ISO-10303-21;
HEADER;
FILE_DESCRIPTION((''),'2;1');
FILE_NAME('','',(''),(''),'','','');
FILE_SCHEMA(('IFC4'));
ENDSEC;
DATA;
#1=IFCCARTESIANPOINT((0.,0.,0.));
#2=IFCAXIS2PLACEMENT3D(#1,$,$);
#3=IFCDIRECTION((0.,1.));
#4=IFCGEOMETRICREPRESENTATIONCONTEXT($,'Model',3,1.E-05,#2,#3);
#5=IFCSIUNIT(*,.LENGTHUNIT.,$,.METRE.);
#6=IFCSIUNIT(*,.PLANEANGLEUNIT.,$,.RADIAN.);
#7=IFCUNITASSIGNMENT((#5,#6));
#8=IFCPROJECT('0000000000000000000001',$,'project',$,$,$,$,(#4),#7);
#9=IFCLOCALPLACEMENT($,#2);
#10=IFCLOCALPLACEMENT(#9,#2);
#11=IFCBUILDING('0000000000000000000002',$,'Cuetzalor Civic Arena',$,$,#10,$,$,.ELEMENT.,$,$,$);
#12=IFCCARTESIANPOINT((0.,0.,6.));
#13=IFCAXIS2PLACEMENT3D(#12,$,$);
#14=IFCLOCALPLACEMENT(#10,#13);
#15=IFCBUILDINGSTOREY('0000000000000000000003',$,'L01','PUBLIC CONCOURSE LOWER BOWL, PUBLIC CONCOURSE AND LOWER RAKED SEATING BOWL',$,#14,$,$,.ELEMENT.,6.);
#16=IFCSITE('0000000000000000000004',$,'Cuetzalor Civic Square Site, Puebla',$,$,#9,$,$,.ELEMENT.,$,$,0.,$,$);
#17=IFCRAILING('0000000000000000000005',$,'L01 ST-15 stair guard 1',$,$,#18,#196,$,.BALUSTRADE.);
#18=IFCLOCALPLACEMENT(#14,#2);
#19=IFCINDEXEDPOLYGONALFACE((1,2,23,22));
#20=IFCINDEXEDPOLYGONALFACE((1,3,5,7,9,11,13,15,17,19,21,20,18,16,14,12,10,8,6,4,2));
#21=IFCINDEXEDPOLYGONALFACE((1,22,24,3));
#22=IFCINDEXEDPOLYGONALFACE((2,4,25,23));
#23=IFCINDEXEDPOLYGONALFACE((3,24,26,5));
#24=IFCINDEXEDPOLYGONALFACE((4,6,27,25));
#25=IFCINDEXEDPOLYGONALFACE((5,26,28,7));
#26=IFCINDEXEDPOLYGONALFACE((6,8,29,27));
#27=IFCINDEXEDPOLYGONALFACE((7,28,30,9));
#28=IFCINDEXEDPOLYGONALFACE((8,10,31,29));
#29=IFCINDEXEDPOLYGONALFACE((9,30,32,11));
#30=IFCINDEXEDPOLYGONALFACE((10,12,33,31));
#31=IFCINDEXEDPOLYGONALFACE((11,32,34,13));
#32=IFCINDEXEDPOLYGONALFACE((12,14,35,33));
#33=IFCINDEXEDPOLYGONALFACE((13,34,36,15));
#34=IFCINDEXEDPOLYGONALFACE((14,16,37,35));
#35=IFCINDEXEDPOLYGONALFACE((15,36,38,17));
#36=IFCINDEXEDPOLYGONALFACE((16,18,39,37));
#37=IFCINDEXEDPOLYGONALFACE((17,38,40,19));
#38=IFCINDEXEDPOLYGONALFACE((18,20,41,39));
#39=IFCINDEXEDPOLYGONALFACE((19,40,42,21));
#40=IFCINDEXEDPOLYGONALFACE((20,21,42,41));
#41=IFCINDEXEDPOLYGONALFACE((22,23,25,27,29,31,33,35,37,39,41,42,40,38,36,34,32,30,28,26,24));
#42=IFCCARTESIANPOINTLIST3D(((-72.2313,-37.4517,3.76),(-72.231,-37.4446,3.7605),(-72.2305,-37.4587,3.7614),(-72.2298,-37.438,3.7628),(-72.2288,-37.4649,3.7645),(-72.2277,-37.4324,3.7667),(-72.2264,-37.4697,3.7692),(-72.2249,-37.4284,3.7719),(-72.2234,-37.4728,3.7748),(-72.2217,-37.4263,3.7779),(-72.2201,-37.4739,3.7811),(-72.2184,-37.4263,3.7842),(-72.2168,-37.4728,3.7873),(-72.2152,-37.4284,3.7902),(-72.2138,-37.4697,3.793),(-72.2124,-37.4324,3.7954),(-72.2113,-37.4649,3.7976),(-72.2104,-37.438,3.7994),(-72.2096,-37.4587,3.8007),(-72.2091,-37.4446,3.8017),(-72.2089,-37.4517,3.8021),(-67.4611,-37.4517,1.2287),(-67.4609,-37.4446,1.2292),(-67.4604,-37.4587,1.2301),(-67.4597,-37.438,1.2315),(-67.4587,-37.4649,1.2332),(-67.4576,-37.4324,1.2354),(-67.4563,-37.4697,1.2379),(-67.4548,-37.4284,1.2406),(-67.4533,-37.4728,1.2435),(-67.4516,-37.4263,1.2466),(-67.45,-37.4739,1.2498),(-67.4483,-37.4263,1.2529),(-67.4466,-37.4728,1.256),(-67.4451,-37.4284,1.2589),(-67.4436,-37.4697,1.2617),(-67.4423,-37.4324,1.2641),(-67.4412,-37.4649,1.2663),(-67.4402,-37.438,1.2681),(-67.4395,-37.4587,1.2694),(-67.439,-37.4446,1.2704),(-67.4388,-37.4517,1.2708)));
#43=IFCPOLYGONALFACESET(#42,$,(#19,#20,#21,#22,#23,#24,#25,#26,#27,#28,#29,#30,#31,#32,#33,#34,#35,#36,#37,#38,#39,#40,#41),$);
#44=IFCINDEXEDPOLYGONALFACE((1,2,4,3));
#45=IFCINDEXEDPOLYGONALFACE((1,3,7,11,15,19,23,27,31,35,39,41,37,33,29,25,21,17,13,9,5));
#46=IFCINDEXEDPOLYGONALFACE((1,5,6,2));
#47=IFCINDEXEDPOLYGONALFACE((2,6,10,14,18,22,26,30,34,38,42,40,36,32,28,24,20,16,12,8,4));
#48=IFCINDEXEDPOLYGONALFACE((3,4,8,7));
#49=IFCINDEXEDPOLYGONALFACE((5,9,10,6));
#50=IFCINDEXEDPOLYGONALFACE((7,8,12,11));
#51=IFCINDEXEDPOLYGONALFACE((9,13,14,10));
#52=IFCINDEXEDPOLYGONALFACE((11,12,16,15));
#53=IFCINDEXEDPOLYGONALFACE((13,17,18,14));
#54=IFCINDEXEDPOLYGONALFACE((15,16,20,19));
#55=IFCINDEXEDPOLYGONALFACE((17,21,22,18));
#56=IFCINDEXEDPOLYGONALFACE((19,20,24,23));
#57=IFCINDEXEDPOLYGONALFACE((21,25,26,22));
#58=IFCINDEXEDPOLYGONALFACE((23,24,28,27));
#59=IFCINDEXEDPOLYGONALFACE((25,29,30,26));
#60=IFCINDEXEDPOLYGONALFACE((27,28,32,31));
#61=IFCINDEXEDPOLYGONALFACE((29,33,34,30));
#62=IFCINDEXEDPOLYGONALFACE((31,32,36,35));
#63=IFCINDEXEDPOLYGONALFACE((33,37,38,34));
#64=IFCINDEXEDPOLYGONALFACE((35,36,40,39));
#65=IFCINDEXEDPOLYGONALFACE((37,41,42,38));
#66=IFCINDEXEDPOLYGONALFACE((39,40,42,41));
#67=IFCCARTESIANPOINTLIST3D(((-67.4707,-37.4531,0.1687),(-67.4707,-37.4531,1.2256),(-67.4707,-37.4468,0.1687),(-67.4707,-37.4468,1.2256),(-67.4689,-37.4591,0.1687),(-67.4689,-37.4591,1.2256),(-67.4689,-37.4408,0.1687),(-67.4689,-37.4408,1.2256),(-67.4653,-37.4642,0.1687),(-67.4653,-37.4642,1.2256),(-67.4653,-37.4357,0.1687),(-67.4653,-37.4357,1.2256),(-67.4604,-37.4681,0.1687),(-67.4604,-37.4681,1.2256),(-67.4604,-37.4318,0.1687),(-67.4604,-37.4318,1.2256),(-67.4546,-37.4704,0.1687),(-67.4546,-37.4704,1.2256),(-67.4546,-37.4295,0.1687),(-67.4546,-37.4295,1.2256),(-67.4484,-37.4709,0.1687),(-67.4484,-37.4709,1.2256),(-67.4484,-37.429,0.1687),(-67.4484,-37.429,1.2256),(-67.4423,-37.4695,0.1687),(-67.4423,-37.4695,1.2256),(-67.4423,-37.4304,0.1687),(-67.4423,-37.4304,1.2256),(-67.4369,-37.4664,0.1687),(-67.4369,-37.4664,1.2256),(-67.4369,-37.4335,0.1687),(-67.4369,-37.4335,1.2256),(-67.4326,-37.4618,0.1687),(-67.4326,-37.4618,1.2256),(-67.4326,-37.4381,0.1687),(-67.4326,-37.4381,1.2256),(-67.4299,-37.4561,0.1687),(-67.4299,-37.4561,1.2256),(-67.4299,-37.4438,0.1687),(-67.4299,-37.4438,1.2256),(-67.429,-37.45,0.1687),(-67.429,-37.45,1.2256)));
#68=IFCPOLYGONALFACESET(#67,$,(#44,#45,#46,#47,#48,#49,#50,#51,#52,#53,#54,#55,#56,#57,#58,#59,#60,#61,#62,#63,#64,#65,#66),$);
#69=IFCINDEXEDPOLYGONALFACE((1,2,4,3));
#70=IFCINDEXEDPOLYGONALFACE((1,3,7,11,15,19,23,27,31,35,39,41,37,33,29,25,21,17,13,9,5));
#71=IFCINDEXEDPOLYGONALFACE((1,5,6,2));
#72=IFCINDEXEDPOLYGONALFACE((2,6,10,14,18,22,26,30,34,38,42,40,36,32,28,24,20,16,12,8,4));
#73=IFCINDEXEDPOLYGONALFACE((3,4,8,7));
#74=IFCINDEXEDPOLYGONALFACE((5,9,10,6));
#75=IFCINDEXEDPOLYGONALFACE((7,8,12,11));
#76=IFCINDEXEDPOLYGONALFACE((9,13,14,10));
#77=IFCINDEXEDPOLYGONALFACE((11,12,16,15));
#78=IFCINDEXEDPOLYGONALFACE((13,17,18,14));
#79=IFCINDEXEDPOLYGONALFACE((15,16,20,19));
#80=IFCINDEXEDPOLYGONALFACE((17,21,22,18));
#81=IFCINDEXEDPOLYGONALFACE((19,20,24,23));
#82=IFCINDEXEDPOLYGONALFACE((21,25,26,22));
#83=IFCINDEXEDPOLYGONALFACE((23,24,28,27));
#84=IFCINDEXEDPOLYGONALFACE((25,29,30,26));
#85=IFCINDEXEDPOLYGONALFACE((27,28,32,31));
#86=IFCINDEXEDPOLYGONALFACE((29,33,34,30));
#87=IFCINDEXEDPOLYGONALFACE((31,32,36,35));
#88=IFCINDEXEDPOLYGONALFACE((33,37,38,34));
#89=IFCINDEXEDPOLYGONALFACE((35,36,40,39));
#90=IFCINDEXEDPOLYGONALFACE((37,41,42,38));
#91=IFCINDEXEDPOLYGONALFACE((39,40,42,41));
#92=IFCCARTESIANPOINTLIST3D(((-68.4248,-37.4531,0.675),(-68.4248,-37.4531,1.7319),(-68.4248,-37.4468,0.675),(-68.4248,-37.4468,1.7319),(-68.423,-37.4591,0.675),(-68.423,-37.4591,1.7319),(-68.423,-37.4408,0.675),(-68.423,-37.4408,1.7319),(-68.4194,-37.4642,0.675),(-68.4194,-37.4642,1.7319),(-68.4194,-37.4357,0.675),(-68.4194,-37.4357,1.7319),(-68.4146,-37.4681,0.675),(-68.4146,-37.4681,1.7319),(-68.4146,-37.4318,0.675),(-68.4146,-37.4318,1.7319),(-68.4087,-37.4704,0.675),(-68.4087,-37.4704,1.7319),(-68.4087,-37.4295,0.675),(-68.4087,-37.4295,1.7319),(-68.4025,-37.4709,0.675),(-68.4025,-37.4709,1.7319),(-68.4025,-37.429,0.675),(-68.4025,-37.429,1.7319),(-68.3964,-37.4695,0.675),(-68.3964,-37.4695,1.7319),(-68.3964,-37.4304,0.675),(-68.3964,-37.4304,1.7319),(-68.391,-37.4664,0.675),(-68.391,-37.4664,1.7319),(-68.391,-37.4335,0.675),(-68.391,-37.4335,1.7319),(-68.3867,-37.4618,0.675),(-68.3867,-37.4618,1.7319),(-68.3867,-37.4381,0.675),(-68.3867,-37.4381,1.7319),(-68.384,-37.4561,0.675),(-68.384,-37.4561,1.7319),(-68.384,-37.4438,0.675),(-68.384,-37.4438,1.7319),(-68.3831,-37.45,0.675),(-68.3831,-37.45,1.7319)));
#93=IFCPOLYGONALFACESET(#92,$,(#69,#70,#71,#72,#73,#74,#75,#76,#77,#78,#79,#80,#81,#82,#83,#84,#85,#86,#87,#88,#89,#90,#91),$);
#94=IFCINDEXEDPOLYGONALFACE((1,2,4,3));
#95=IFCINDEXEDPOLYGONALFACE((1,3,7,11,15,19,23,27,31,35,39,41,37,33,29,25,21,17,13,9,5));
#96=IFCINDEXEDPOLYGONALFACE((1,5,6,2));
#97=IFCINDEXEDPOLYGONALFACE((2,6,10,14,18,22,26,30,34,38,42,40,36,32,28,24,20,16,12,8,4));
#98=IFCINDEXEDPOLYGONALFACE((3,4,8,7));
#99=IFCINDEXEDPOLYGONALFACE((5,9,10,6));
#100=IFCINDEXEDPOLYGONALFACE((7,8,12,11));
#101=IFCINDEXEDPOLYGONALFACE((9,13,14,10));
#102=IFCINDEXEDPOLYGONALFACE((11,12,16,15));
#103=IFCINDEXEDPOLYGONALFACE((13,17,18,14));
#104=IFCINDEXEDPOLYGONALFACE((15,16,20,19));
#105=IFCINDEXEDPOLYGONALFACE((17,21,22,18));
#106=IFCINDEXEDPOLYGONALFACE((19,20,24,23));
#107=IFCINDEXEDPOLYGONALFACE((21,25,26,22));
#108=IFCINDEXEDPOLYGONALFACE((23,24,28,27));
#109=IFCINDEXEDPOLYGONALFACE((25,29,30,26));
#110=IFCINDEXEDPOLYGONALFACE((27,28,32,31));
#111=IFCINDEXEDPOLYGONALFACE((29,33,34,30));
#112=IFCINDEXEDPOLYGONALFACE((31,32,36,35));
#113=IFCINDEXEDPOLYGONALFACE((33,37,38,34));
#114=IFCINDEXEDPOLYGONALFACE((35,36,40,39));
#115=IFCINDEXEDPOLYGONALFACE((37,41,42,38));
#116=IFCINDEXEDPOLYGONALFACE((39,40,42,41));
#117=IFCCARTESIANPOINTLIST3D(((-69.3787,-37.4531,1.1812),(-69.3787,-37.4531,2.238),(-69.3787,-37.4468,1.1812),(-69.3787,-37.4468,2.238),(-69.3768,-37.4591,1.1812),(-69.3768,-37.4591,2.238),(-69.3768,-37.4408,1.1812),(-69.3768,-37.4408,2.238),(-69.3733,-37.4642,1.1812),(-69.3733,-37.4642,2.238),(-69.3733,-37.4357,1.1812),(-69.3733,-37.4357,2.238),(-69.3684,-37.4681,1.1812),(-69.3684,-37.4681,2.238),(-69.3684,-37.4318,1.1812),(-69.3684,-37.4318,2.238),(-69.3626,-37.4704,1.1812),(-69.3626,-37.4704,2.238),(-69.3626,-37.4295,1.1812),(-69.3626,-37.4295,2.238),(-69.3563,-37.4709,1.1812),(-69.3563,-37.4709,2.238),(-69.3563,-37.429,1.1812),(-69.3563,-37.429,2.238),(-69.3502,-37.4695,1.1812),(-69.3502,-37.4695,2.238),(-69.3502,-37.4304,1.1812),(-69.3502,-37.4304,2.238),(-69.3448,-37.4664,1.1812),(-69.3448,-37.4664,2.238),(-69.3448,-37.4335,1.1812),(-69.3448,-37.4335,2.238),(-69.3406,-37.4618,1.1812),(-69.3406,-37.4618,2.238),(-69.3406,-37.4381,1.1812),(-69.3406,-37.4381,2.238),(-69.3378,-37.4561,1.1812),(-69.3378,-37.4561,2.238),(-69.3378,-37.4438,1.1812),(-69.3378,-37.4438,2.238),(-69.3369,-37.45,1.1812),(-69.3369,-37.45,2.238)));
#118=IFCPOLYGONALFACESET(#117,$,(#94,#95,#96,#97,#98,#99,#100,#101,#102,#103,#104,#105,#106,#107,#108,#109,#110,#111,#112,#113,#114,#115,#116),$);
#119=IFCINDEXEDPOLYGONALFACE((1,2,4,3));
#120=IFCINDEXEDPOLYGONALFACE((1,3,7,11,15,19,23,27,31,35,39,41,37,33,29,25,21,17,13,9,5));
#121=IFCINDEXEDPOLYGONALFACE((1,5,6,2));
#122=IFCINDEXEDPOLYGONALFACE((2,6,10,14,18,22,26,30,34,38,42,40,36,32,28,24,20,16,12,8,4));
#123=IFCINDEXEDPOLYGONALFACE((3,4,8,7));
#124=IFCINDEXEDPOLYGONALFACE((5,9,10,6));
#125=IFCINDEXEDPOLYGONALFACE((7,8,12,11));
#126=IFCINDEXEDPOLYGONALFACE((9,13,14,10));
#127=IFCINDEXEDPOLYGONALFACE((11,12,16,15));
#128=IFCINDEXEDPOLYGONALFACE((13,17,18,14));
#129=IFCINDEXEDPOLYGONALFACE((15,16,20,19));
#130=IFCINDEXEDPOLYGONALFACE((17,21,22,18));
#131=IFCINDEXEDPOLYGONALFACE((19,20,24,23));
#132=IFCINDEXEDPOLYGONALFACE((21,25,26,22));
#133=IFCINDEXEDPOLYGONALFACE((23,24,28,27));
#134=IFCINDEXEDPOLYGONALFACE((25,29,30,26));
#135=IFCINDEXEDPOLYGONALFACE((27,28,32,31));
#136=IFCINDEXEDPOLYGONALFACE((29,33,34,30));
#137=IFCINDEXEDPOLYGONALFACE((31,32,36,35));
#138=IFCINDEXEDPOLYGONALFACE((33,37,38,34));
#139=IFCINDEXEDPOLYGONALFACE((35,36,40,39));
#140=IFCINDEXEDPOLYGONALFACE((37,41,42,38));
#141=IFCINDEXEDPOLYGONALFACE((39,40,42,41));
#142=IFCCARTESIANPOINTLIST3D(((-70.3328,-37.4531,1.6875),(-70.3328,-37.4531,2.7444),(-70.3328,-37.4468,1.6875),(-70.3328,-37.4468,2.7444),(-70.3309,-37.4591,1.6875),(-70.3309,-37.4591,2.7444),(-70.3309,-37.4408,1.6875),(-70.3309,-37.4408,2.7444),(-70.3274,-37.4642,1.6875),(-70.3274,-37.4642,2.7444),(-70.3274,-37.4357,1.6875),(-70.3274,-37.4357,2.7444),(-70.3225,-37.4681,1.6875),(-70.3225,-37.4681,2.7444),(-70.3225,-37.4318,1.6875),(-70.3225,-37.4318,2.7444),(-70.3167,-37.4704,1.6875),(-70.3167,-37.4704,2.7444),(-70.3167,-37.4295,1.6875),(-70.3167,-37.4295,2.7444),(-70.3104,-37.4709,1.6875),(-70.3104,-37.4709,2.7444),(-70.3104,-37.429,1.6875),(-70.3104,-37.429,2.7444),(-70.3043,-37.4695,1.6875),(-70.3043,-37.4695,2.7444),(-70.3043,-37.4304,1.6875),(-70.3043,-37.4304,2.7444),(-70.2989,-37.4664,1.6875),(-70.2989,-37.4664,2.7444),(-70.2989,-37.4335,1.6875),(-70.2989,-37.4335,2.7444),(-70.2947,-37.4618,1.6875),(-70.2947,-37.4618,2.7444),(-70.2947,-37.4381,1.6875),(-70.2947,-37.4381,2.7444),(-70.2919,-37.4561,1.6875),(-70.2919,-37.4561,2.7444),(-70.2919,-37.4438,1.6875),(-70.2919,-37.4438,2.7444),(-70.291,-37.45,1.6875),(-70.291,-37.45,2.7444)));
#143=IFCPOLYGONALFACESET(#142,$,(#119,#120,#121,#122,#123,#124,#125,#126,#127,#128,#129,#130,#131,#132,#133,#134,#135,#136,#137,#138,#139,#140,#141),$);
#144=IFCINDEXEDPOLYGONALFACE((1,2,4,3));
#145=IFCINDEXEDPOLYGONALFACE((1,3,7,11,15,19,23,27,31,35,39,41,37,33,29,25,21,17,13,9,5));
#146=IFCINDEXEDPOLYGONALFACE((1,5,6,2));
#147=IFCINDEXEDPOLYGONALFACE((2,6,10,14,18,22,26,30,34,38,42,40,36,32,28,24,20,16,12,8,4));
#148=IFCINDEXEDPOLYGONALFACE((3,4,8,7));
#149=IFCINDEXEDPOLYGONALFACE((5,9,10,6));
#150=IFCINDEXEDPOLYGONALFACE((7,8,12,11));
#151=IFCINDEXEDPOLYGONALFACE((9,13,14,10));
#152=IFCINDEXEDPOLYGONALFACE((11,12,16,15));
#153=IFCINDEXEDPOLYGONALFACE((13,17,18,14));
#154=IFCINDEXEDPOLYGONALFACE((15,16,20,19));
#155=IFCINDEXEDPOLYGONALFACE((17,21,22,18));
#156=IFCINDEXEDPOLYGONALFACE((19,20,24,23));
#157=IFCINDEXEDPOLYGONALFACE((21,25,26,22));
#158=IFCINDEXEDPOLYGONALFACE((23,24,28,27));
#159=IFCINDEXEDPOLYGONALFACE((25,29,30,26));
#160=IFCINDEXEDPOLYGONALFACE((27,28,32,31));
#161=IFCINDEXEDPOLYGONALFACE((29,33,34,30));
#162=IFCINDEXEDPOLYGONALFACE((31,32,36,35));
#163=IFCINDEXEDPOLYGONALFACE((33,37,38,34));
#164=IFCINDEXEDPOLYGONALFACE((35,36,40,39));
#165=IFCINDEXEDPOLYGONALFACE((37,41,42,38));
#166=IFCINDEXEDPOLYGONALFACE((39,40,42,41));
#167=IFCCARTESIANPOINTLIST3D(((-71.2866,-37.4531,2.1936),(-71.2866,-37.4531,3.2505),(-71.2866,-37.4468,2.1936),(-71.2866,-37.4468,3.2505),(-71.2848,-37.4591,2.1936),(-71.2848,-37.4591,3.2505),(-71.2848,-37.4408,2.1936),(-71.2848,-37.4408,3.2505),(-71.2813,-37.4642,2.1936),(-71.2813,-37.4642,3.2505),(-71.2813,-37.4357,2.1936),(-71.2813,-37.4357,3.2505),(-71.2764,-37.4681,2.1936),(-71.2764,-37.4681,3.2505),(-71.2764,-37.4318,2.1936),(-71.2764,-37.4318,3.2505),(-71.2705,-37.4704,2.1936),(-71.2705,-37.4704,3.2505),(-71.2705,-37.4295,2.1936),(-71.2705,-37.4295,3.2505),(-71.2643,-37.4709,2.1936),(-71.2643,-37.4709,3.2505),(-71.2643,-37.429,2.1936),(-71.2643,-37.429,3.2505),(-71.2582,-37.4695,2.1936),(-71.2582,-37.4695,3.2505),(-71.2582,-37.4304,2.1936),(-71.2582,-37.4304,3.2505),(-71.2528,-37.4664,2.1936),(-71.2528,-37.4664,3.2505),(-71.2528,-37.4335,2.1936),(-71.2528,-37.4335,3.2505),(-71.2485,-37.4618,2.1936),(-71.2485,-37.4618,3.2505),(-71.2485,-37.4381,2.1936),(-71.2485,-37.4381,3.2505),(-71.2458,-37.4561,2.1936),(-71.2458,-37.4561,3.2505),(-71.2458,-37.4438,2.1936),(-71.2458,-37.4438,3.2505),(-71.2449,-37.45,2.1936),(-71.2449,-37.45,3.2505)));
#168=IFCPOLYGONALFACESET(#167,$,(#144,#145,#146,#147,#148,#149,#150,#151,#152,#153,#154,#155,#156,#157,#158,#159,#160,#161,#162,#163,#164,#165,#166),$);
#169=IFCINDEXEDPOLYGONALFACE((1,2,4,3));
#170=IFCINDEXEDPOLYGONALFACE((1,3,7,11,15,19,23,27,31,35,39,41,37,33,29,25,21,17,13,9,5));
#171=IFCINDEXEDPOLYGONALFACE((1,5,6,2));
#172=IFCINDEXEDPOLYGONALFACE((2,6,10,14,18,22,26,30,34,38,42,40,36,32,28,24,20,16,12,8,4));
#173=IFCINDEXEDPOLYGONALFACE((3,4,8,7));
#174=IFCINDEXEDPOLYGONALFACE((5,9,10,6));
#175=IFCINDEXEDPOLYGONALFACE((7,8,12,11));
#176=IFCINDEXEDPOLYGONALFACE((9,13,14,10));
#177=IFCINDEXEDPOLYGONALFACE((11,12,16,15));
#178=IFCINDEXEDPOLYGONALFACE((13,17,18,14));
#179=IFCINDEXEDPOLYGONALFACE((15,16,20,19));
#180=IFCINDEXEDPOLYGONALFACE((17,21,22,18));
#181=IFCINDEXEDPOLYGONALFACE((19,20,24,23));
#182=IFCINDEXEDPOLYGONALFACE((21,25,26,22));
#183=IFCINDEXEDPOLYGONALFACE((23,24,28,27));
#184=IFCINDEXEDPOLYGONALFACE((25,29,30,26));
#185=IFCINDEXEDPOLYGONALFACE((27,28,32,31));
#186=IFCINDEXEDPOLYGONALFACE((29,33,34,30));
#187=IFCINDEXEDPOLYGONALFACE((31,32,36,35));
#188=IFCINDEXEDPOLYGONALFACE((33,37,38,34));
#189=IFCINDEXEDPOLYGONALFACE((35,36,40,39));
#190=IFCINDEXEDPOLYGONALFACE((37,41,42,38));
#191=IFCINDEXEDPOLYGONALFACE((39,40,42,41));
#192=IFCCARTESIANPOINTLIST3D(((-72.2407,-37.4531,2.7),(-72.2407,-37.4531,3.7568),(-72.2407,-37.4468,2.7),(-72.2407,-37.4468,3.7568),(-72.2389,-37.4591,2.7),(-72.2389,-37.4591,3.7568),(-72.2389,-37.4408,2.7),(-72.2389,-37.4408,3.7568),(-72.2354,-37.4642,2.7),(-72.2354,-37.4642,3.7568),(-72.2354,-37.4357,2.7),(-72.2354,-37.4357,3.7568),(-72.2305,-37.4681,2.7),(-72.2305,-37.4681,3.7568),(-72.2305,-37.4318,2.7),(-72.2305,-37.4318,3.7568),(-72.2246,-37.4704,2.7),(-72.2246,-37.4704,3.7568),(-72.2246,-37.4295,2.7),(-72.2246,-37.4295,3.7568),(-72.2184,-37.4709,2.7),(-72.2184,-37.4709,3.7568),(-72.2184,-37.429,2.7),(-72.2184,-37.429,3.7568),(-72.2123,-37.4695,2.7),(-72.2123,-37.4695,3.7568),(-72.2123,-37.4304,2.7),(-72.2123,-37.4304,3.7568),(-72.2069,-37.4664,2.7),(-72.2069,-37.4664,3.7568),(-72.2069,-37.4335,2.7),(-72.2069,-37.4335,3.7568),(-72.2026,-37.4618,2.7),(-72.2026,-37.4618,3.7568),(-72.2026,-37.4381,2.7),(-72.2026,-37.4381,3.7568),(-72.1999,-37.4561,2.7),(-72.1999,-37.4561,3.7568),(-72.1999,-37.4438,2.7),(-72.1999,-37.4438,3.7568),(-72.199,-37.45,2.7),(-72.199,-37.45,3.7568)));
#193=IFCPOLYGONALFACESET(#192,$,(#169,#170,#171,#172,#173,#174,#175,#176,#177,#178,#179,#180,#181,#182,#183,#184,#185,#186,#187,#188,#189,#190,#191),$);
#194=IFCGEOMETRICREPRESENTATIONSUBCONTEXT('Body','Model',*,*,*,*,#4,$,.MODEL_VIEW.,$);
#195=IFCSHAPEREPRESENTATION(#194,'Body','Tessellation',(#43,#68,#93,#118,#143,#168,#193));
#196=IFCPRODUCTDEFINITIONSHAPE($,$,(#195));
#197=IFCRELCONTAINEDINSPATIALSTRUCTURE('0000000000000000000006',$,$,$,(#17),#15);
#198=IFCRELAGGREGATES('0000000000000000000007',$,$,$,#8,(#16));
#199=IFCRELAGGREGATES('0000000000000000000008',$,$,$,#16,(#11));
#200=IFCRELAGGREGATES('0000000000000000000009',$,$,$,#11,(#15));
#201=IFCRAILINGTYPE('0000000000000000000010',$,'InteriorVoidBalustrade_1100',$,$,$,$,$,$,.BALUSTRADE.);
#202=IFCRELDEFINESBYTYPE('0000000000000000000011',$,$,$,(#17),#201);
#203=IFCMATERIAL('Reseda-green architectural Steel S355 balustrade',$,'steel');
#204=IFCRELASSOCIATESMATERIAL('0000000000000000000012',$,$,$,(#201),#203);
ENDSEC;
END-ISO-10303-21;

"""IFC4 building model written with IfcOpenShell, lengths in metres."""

from ifc_helpers import new_model, si_unit, direction, frame, origin, origin_2d, place, context, subcontext, project, spatial, circle, extrude, material, type_object, element, save


model = new_model("IFC4")

# Units and contexts
model_context = context("Model", 3, precision=1e-05, world=origin(), true_north=direction((0.0, 1.0)))
body_context = subcontext(model_context, "Body", "Model", "MODEL_VIEW")
ifc_project = project(units=[si_unit("LENGTHUNIT", "METRE"), si_unit("PLANEANGLEUNIT", "RADIAN")], contexts=[model_context])

# Site, building, storey
site_placement = place(None, origin())
site = spatial("IfcSite", under=ifc_project, at=site_placement, Name="Cuetzalor Civic Square Site, Puebla", CompositionType="ELEMENT", RefElevation=0.0)
building_placement = place(site_placement, origin())
building = spatial("IfcBuilding", under=site, at=building_placement, Name="Cuetzalor Civic Arena", CompositionType="ELEMENT")
storey_placement = place(building_placement, frame((0.0, 0.0, 6.0)))
storey = spatial("IfcBuildingStorey", under=building, at=storey_placement, Name="L01", Description="PUBLIC CONCOURSE LOWER BOWL, PUBLIC CONCOURSE AND LOWER RAKED SEATING BOWL", CompositionType="ELEMENT", Elevation=6.0)

# Railing
ifc_material_1 = material(Name="Reseda-green architectural Steel S355 balustrade", Category="steel")
railing_type_1 = type_object("IfcRailingType", Name="InteriorVoidBalustrade_1100", PredefinedType="BALUSTRADE", material=ifc_material_1)
railing_1_placement = place(storey_placement, frame((-67.45, -37.45, 0.1687)))
element("IfcRailing", 1, at=railing_1_placement, inside=storey, type_object=railing_type_1, Name="L01 ST-15 stair guard 1", PredefinedType="BALUSTRADE", context=body_context, shape_type="SweptSolid", body=[
    extrude(circle(Radius=0.0239, at=origin_2d()), frame((0.0, 0.0, 1.0811), z_axis=(-0.883332, 0.0, 0.468747), x_axis=(0.0, -1.0, 0.0)), (0.0, 0.0, 1.0), 5.4001),
    extrude(circle(Radius=0.021, at=origin_2d()), origin(), (0.0, 0.0, 1.0), 1.0569),
    extrude(circle(Radius=0.021, at=origin_2d()), frame((-0.9541, 0.0, 0.5063)), (0.0, 0.0, 1.0), 1.0569),
    extrude(circle(Radius=0.021, at=origin_2d()), frame((-1.908, 0.0, 1.0125)), (0.0, 0.0, 1.0), 1.0569),
    extrude(circle(Radius=0.021, at=origin_2d()), frame((-2.8621, 0.0, 1.5188)), (0.0, 0.0, 1.0), 1.0569),
    extrude(circle(Radius=0.021, at=origin_2d()), frame((-3.8159, 0.0, 2.0249)), (0.0, 0.0, 1.0), 1.0569),
    extrude(circle(Radius=0.021, at=origin_2d()), frame((-4.77, 0.0, 2.5312)), (0.0, 0.0, 1.0), 1.0569),
])

save(model, "model.ifc")
